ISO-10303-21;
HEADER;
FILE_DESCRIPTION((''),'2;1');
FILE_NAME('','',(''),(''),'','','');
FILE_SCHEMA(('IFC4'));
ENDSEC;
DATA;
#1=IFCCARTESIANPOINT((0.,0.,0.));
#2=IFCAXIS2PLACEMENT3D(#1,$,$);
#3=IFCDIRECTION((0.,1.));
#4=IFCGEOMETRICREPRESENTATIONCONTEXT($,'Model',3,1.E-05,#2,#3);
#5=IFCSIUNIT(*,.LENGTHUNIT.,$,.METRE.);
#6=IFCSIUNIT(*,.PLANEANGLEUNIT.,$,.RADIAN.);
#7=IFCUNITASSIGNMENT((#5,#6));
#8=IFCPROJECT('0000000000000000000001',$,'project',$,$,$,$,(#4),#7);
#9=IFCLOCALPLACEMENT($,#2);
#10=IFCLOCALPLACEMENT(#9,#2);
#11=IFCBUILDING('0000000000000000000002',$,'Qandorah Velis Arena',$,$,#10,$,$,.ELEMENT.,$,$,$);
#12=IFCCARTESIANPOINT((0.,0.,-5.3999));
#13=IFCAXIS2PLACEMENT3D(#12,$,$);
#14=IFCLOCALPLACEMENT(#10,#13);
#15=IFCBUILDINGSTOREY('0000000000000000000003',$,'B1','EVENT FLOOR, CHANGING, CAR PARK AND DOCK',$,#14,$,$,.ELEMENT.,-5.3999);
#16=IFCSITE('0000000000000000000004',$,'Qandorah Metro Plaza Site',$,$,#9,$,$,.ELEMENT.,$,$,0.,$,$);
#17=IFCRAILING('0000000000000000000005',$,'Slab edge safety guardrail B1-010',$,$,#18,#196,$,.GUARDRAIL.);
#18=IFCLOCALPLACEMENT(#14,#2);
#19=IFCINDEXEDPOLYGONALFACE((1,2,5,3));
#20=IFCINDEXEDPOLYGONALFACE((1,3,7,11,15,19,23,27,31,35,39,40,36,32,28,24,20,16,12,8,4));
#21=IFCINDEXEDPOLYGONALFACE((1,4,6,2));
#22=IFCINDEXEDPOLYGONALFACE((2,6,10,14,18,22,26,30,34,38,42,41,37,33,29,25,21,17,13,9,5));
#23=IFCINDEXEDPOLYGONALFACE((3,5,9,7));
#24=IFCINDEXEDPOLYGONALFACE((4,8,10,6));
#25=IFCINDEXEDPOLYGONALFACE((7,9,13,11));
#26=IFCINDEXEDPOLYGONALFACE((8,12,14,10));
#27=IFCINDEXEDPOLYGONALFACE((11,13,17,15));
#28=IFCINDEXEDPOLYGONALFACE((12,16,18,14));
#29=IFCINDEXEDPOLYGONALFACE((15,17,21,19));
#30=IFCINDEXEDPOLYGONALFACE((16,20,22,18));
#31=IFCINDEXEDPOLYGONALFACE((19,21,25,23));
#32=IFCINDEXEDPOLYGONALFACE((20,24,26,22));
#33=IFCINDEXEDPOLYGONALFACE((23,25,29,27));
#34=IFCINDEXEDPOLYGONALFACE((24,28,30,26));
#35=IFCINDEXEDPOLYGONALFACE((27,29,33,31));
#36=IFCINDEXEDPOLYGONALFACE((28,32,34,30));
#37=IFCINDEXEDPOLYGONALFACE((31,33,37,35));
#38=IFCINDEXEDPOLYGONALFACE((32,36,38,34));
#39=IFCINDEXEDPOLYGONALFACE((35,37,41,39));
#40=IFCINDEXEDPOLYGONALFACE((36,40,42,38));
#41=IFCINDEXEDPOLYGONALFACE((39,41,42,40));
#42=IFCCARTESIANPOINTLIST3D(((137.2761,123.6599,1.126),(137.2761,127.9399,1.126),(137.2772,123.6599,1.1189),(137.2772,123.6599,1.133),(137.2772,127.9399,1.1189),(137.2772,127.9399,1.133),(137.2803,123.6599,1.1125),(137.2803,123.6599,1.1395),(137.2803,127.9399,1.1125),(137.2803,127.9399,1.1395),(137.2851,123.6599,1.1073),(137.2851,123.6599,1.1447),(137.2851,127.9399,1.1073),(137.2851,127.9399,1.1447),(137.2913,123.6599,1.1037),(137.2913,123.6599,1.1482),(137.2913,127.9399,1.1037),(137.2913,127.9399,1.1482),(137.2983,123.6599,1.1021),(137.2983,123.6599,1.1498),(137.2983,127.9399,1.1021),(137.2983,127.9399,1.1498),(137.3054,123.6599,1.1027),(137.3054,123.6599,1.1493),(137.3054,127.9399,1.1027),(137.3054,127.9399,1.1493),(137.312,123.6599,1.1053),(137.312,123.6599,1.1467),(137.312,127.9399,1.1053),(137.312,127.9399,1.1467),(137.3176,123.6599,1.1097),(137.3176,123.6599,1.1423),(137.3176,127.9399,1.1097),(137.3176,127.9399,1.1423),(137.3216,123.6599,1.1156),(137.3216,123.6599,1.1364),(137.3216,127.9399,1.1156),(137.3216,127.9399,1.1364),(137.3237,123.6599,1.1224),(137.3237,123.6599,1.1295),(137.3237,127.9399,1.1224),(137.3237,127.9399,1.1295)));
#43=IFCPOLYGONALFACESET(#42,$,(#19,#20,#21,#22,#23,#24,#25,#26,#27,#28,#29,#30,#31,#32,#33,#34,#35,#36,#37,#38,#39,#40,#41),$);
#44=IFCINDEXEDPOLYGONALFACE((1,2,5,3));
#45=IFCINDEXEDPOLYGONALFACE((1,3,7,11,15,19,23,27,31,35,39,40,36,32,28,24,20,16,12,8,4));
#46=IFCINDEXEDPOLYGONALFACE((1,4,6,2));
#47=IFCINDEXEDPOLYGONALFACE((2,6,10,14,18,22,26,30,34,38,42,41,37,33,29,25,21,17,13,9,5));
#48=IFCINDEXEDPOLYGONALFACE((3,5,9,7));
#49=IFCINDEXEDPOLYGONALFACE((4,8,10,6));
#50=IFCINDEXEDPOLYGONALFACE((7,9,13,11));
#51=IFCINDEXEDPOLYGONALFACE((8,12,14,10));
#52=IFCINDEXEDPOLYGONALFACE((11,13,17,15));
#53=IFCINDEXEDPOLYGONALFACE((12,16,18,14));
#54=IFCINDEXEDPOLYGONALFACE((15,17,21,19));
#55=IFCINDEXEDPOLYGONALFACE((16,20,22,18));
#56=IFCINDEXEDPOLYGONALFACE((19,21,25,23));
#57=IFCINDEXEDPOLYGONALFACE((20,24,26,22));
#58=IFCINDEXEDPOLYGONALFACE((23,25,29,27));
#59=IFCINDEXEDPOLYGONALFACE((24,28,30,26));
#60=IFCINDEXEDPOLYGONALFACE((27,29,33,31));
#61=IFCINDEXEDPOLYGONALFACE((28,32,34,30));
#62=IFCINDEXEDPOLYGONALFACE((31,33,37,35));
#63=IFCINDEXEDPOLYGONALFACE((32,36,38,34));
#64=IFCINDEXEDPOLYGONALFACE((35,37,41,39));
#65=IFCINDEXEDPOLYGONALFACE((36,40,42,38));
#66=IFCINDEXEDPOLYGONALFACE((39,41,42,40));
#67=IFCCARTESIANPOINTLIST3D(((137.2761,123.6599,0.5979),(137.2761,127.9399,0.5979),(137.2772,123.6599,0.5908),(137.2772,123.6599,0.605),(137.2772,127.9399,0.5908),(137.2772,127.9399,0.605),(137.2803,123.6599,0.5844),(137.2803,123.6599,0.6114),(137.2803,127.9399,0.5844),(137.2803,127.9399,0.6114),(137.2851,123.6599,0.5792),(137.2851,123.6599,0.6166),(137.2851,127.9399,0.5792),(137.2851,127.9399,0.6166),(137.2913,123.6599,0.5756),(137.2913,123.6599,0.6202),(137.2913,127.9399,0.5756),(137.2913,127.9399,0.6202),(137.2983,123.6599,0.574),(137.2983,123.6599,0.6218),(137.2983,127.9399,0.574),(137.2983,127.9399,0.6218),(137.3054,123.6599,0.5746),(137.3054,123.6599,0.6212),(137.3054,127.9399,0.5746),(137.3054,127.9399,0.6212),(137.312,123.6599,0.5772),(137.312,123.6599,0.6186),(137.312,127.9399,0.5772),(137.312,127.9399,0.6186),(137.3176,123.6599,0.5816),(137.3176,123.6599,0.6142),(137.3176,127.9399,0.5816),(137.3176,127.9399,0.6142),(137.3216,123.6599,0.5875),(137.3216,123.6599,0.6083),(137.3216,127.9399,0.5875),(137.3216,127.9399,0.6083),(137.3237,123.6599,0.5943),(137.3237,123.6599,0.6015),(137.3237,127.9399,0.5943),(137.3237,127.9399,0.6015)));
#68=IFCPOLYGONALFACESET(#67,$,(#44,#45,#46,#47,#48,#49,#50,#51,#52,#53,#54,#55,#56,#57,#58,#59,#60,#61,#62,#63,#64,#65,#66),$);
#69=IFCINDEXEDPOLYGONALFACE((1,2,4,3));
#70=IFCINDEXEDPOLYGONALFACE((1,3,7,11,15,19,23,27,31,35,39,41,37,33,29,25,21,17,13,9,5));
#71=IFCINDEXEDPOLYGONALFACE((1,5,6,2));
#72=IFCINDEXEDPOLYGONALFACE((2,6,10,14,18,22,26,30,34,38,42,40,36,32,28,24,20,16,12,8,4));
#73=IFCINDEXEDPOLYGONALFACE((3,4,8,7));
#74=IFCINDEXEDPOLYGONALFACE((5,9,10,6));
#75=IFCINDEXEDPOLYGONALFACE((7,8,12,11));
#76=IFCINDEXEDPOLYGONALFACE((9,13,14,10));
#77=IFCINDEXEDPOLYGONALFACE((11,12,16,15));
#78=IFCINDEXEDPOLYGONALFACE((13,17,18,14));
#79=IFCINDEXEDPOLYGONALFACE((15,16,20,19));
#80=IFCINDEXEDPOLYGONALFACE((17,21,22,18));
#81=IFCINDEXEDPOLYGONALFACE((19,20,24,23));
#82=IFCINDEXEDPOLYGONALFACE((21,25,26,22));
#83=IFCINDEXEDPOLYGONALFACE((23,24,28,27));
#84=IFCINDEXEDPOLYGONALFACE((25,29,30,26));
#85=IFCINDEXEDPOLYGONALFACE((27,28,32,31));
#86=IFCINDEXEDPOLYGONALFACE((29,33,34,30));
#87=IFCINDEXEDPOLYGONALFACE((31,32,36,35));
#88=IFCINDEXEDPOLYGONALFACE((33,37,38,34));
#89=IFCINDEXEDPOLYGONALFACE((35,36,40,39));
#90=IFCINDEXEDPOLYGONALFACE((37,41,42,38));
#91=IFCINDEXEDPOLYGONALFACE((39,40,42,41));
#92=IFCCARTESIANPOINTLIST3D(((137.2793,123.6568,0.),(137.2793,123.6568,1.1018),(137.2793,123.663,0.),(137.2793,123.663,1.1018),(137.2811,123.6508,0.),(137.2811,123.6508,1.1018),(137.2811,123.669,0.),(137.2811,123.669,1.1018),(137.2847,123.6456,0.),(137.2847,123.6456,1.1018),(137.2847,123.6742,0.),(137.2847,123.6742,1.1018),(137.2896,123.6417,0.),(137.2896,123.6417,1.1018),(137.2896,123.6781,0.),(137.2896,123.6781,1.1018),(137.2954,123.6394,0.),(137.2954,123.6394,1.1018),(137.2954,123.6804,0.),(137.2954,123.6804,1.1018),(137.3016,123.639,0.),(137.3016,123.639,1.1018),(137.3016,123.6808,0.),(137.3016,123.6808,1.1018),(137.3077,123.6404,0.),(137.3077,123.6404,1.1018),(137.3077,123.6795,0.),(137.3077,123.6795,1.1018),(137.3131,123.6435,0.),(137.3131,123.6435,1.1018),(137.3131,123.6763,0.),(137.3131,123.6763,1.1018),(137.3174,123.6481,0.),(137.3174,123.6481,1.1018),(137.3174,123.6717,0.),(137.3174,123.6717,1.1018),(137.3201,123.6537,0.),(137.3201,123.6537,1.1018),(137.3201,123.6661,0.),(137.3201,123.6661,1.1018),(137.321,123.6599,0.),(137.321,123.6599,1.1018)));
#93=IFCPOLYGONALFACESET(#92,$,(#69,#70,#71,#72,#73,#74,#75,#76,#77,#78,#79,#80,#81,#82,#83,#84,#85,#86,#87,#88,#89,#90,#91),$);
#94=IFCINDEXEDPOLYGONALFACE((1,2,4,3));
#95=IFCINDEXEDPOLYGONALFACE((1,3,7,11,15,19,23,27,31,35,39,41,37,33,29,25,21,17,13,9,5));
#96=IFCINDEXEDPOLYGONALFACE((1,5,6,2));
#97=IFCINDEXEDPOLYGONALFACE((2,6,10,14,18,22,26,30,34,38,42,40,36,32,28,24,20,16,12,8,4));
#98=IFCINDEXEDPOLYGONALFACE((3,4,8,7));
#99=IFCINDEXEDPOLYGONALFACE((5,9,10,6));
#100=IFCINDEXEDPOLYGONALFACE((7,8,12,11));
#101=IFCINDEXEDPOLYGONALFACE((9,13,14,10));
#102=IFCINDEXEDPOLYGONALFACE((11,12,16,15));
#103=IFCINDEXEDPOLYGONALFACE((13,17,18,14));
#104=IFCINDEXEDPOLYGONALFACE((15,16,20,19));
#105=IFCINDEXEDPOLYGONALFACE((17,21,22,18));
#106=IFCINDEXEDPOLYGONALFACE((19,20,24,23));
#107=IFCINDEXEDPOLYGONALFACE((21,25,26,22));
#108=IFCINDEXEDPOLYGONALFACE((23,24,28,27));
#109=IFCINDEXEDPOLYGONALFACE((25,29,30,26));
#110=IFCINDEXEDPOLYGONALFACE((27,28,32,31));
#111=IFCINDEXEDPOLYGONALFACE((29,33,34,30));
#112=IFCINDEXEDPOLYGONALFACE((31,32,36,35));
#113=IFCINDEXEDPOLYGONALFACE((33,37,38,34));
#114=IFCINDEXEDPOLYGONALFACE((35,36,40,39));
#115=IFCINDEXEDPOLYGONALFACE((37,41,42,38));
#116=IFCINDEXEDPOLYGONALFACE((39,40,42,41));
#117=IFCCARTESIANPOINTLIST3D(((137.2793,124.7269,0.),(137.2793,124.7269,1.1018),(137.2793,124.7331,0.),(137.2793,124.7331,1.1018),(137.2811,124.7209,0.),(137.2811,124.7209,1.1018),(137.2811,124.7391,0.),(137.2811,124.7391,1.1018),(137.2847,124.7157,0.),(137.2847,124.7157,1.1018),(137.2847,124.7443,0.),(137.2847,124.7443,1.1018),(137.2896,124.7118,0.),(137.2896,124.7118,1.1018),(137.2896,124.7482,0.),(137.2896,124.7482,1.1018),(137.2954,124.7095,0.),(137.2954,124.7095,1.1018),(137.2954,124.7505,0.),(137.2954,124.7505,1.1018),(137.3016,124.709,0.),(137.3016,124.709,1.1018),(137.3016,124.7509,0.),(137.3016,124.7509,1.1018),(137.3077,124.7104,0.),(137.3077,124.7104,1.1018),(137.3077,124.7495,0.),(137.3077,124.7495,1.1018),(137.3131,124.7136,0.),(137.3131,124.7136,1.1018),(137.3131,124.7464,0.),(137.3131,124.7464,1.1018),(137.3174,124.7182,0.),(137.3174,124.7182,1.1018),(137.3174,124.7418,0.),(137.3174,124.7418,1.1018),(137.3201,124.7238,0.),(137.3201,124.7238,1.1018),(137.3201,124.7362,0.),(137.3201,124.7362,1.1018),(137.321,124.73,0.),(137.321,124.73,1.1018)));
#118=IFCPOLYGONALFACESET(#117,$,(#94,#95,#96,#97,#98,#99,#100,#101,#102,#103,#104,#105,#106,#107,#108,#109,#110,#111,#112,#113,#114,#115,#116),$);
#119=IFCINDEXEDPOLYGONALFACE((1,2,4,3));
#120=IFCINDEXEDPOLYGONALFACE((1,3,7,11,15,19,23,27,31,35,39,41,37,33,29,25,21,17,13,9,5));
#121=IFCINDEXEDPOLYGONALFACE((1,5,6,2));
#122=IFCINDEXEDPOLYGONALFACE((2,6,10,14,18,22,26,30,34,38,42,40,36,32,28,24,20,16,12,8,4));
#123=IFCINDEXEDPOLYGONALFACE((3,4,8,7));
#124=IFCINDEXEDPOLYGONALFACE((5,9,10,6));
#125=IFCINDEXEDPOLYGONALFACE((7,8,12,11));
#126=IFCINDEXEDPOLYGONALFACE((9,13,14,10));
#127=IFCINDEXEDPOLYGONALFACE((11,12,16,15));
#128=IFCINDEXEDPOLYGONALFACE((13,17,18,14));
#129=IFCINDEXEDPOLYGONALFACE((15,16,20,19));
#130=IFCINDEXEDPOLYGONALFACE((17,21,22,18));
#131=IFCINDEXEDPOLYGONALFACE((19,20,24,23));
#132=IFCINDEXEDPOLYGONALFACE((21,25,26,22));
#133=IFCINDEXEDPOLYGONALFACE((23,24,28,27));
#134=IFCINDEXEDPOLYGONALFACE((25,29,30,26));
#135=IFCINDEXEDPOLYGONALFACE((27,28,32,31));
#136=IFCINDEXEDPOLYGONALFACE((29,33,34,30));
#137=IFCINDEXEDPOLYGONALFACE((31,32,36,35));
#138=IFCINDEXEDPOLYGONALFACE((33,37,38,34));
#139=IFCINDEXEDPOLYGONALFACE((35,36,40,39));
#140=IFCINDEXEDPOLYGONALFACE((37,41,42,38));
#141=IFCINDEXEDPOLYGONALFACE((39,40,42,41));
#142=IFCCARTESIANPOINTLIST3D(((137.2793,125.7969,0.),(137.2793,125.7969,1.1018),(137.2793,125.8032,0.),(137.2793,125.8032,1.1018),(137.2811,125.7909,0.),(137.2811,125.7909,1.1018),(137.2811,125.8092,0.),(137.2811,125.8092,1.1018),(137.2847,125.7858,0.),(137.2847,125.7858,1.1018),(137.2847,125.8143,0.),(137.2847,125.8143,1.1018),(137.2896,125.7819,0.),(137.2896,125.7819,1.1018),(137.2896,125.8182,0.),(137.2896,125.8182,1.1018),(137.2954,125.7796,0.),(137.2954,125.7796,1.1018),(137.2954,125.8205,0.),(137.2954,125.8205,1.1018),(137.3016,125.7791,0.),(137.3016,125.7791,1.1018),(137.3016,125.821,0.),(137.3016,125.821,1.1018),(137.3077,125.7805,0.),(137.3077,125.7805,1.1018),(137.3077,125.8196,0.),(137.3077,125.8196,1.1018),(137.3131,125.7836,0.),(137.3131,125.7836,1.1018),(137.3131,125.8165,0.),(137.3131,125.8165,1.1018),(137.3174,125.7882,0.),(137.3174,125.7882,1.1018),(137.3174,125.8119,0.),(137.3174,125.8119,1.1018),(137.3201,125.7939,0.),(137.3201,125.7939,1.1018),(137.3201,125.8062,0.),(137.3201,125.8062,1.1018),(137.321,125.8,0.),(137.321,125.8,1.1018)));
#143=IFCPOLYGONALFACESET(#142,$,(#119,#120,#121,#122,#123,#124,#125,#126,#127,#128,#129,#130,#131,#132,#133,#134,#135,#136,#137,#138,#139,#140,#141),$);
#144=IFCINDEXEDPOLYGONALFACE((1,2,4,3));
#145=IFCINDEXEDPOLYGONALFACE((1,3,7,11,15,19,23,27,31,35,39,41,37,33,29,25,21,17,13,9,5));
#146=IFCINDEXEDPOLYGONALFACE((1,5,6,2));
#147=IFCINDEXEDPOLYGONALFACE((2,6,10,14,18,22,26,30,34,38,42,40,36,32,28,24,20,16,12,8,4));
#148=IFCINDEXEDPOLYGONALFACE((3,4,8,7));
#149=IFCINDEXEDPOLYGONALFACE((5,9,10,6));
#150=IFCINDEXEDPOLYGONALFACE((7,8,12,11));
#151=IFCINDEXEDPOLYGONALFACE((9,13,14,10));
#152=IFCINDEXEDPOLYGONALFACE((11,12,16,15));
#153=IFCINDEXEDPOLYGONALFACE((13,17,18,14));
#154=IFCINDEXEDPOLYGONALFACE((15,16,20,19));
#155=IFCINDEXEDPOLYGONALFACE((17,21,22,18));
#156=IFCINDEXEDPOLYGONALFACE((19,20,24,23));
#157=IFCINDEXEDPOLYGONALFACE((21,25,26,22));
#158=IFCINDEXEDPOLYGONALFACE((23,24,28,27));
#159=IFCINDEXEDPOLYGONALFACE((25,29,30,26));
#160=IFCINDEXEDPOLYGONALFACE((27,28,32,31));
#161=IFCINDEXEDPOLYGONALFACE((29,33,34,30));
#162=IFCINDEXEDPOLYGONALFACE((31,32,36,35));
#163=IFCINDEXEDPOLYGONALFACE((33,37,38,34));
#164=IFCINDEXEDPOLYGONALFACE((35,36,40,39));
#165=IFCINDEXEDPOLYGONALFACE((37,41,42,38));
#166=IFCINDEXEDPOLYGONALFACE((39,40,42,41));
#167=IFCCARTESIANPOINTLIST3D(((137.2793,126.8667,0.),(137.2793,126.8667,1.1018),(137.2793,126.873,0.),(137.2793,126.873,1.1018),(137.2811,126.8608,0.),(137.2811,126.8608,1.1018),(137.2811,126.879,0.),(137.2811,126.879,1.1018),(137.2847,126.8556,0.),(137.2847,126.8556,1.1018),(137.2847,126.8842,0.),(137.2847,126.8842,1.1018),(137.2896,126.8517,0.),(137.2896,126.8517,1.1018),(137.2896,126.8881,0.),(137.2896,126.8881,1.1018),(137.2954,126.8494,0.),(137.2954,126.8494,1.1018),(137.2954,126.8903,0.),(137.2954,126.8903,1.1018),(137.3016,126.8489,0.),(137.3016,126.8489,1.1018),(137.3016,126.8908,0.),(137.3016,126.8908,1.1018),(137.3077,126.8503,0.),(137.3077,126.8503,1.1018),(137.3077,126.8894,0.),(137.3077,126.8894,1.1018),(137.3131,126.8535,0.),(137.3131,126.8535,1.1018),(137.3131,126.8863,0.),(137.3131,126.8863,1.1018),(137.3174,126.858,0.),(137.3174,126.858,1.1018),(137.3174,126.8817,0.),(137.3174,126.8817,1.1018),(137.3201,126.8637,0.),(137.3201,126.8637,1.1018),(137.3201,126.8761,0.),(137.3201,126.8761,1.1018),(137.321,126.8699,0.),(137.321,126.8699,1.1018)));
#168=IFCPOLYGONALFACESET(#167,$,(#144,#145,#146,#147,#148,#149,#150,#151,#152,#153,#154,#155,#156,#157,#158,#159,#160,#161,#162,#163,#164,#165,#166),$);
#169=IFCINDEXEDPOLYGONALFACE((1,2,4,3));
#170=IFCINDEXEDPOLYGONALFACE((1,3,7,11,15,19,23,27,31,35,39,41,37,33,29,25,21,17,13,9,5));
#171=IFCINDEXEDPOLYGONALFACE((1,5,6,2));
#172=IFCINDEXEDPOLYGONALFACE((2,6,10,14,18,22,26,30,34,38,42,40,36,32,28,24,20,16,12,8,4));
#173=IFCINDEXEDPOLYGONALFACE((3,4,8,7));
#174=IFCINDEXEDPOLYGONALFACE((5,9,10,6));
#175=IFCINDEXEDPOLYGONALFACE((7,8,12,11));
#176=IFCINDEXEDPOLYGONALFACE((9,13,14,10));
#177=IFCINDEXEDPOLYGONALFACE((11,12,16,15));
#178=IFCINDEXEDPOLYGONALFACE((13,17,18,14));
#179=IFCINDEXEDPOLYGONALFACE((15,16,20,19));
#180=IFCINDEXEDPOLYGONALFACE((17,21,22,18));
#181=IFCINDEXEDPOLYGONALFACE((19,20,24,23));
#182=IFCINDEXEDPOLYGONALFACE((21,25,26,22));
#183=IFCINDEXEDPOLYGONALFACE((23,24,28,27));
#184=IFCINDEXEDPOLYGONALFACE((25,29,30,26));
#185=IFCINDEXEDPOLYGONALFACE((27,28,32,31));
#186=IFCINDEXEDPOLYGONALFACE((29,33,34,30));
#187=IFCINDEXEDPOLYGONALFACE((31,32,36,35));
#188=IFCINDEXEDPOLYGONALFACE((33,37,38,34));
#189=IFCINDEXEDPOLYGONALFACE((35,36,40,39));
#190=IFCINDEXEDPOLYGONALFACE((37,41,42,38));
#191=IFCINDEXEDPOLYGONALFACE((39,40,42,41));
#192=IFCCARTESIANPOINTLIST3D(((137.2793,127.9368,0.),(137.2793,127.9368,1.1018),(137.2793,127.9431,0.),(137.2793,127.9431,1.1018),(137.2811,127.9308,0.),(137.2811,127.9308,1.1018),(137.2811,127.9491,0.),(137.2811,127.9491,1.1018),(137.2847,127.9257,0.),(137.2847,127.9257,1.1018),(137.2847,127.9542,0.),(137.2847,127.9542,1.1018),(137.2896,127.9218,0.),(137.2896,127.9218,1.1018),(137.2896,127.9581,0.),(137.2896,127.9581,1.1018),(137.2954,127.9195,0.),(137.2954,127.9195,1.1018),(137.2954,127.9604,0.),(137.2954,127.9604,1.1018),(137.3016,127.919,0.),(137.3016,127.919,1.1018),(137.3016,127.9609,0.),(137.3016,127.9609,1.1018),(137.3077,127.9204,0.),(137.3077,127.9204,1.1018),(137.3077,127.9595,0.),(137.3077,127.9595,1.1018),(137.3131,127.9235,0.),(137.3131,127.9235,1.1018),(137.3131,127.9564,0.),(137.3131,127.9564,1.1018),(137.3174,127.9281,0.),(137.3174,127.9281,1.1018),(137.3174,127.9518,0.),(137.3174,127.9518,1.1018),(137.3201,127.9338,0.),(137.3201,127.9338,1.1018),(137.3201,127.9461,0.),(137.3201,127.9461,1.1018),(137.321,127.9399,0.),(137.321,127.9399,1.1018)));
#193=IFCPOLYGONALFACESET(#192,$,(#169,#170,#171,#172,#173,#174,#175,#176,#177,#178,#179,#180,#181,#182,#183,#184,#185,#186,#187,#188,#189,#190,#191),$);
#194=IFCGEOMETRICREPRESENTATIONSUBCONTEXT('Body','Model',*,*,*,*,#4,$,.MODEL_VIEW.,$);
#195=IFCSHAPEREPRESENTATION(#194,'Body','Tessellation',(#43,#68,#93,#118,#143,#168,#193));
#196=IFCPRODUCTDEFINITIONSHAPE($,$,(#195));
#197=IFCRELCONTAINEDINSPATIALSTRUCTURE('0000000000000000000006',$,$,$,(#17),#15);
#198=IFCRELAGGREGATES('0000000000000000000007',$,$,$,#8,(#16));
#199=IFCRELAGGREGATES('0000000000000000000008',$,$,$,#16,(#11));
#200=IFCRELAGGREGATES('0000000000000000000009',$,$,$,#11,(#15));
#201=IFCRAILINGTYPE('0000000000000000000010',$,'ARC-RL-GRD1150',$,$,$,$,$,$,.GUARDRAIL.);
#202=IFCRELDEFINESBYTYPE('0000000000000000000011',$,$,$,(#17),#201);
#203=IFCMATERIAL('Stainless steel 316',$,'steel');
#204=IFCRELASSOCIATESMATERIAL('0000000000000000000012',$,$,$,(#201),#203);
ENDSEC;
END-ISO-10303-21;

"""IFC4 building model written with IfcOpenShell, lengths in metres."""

from ifc_helpers import new_model, si_unit, direction, frame, origin, origin_2d, place, context, subcontext, project, spatial, circle, extrude, material, type_object, element, save


model = new_model("IFC4")

# Units and contexts
model_context = context("Model", 3, precision=1e-05, world=origin(), true_north=direction((0.0, 1.0)))
body_context = subcontext(model_context, "Body", "Model", "MODEL_VIEW")
ifc_project = project(units=[si_unit("LENGTHUNIT", "METRE"), si_unit("PLANEANGLEUNIT", "RADIAN")], contexts=[model_context])

# Site, building, storey
site_placement = place(None, origin())
site = spatial("IfcSite", under=ifc_project, at=site_placement, Name="Qandorah Metro Plaza Site", CompositionType="ELEMENT", RefElevation=0.0)
building_placement = place(site_placement, origin())
building = spatial("IfcBuilding", under=site, at=building_placement, Name="Qandorah Velis Arena", CompositionType="ELEMENT")
storey_placement = place(building_placement, frame((0.0, 0.0, -5.3999)))
storey = spatial("IfcBuildingStorey", under=building, at=storey_placement, Name="B1", Description="EVENT FLOOR, CHANGING, CAR PARK AND DOCK", CompositionType="ELEMENT", Elevation=-5.3999)

# Railing
ifc_material_1 = material(Name="Stainless steel 316", Category="steel")
railing_type = type_object("IfcRailingType", Name="ARC-RL-GRD1150", PredefinedType="GUARDRAIL", material=ifc_material_1)
railing_1_placement = place(storey_placement, frame((137.3, 123.6599, 0.0)))
element("IfcRailing", 1, at=railing_1_placement, inside=storey, type_object=railing_type, Name="Slab edge safety guardrail B1-010", PredefinedType="GUARDRAIL", context=body_context, shape_type="SweptSolid", body=[
    extrude(circle(Radius=0.0239, at=origin_2d()), frame((0.0, 0.0, 1.126), z_axis=(0.0, 1.0, 0.0), x_axis=(-1.0, 0.0, 0.0)), (0.0, 0.0, 1.0), 4.28),
    extrude(circle(Radius=0.0239, at=origin_2d()), frame((0.0, 0.0, 0.5979), z_axis=(0.0, 1.0, 0.0), x_axis=(-1.0, 0.0, 0.0)), (0.0, 0.0, 1.0), 4.28),
    extrude(circle(Radius=0.021, at=origin_2d()), origin(), (0.0, 0.0, 1.0), 1.1018),
    extrude(circle(Radius=0.021, at=origin_2d()), frame((0.0, 1.0701, 0.0)), (0.0, 0.0, 1.0), 1.1018),
    extrude(circle(Radius=0.021, at=origin_2d()), frame((0.0, 2.1401, 0.0)), (0.0, 0.0, 1.0), 1.1018),
    extrude(circle(Radius=0.021, at=origin_2d()), frame((0.0, 3.21, 0.0)), (0.0, 0.0, 1.0), 1.1018),
    extrude(circle(Radius=0.021, at=origin_2d()), frame((0.0, 4.28, 0.0)), (0.0, 0.0, 1.0), 1.1018),
])

save(model, "model.ifc")
